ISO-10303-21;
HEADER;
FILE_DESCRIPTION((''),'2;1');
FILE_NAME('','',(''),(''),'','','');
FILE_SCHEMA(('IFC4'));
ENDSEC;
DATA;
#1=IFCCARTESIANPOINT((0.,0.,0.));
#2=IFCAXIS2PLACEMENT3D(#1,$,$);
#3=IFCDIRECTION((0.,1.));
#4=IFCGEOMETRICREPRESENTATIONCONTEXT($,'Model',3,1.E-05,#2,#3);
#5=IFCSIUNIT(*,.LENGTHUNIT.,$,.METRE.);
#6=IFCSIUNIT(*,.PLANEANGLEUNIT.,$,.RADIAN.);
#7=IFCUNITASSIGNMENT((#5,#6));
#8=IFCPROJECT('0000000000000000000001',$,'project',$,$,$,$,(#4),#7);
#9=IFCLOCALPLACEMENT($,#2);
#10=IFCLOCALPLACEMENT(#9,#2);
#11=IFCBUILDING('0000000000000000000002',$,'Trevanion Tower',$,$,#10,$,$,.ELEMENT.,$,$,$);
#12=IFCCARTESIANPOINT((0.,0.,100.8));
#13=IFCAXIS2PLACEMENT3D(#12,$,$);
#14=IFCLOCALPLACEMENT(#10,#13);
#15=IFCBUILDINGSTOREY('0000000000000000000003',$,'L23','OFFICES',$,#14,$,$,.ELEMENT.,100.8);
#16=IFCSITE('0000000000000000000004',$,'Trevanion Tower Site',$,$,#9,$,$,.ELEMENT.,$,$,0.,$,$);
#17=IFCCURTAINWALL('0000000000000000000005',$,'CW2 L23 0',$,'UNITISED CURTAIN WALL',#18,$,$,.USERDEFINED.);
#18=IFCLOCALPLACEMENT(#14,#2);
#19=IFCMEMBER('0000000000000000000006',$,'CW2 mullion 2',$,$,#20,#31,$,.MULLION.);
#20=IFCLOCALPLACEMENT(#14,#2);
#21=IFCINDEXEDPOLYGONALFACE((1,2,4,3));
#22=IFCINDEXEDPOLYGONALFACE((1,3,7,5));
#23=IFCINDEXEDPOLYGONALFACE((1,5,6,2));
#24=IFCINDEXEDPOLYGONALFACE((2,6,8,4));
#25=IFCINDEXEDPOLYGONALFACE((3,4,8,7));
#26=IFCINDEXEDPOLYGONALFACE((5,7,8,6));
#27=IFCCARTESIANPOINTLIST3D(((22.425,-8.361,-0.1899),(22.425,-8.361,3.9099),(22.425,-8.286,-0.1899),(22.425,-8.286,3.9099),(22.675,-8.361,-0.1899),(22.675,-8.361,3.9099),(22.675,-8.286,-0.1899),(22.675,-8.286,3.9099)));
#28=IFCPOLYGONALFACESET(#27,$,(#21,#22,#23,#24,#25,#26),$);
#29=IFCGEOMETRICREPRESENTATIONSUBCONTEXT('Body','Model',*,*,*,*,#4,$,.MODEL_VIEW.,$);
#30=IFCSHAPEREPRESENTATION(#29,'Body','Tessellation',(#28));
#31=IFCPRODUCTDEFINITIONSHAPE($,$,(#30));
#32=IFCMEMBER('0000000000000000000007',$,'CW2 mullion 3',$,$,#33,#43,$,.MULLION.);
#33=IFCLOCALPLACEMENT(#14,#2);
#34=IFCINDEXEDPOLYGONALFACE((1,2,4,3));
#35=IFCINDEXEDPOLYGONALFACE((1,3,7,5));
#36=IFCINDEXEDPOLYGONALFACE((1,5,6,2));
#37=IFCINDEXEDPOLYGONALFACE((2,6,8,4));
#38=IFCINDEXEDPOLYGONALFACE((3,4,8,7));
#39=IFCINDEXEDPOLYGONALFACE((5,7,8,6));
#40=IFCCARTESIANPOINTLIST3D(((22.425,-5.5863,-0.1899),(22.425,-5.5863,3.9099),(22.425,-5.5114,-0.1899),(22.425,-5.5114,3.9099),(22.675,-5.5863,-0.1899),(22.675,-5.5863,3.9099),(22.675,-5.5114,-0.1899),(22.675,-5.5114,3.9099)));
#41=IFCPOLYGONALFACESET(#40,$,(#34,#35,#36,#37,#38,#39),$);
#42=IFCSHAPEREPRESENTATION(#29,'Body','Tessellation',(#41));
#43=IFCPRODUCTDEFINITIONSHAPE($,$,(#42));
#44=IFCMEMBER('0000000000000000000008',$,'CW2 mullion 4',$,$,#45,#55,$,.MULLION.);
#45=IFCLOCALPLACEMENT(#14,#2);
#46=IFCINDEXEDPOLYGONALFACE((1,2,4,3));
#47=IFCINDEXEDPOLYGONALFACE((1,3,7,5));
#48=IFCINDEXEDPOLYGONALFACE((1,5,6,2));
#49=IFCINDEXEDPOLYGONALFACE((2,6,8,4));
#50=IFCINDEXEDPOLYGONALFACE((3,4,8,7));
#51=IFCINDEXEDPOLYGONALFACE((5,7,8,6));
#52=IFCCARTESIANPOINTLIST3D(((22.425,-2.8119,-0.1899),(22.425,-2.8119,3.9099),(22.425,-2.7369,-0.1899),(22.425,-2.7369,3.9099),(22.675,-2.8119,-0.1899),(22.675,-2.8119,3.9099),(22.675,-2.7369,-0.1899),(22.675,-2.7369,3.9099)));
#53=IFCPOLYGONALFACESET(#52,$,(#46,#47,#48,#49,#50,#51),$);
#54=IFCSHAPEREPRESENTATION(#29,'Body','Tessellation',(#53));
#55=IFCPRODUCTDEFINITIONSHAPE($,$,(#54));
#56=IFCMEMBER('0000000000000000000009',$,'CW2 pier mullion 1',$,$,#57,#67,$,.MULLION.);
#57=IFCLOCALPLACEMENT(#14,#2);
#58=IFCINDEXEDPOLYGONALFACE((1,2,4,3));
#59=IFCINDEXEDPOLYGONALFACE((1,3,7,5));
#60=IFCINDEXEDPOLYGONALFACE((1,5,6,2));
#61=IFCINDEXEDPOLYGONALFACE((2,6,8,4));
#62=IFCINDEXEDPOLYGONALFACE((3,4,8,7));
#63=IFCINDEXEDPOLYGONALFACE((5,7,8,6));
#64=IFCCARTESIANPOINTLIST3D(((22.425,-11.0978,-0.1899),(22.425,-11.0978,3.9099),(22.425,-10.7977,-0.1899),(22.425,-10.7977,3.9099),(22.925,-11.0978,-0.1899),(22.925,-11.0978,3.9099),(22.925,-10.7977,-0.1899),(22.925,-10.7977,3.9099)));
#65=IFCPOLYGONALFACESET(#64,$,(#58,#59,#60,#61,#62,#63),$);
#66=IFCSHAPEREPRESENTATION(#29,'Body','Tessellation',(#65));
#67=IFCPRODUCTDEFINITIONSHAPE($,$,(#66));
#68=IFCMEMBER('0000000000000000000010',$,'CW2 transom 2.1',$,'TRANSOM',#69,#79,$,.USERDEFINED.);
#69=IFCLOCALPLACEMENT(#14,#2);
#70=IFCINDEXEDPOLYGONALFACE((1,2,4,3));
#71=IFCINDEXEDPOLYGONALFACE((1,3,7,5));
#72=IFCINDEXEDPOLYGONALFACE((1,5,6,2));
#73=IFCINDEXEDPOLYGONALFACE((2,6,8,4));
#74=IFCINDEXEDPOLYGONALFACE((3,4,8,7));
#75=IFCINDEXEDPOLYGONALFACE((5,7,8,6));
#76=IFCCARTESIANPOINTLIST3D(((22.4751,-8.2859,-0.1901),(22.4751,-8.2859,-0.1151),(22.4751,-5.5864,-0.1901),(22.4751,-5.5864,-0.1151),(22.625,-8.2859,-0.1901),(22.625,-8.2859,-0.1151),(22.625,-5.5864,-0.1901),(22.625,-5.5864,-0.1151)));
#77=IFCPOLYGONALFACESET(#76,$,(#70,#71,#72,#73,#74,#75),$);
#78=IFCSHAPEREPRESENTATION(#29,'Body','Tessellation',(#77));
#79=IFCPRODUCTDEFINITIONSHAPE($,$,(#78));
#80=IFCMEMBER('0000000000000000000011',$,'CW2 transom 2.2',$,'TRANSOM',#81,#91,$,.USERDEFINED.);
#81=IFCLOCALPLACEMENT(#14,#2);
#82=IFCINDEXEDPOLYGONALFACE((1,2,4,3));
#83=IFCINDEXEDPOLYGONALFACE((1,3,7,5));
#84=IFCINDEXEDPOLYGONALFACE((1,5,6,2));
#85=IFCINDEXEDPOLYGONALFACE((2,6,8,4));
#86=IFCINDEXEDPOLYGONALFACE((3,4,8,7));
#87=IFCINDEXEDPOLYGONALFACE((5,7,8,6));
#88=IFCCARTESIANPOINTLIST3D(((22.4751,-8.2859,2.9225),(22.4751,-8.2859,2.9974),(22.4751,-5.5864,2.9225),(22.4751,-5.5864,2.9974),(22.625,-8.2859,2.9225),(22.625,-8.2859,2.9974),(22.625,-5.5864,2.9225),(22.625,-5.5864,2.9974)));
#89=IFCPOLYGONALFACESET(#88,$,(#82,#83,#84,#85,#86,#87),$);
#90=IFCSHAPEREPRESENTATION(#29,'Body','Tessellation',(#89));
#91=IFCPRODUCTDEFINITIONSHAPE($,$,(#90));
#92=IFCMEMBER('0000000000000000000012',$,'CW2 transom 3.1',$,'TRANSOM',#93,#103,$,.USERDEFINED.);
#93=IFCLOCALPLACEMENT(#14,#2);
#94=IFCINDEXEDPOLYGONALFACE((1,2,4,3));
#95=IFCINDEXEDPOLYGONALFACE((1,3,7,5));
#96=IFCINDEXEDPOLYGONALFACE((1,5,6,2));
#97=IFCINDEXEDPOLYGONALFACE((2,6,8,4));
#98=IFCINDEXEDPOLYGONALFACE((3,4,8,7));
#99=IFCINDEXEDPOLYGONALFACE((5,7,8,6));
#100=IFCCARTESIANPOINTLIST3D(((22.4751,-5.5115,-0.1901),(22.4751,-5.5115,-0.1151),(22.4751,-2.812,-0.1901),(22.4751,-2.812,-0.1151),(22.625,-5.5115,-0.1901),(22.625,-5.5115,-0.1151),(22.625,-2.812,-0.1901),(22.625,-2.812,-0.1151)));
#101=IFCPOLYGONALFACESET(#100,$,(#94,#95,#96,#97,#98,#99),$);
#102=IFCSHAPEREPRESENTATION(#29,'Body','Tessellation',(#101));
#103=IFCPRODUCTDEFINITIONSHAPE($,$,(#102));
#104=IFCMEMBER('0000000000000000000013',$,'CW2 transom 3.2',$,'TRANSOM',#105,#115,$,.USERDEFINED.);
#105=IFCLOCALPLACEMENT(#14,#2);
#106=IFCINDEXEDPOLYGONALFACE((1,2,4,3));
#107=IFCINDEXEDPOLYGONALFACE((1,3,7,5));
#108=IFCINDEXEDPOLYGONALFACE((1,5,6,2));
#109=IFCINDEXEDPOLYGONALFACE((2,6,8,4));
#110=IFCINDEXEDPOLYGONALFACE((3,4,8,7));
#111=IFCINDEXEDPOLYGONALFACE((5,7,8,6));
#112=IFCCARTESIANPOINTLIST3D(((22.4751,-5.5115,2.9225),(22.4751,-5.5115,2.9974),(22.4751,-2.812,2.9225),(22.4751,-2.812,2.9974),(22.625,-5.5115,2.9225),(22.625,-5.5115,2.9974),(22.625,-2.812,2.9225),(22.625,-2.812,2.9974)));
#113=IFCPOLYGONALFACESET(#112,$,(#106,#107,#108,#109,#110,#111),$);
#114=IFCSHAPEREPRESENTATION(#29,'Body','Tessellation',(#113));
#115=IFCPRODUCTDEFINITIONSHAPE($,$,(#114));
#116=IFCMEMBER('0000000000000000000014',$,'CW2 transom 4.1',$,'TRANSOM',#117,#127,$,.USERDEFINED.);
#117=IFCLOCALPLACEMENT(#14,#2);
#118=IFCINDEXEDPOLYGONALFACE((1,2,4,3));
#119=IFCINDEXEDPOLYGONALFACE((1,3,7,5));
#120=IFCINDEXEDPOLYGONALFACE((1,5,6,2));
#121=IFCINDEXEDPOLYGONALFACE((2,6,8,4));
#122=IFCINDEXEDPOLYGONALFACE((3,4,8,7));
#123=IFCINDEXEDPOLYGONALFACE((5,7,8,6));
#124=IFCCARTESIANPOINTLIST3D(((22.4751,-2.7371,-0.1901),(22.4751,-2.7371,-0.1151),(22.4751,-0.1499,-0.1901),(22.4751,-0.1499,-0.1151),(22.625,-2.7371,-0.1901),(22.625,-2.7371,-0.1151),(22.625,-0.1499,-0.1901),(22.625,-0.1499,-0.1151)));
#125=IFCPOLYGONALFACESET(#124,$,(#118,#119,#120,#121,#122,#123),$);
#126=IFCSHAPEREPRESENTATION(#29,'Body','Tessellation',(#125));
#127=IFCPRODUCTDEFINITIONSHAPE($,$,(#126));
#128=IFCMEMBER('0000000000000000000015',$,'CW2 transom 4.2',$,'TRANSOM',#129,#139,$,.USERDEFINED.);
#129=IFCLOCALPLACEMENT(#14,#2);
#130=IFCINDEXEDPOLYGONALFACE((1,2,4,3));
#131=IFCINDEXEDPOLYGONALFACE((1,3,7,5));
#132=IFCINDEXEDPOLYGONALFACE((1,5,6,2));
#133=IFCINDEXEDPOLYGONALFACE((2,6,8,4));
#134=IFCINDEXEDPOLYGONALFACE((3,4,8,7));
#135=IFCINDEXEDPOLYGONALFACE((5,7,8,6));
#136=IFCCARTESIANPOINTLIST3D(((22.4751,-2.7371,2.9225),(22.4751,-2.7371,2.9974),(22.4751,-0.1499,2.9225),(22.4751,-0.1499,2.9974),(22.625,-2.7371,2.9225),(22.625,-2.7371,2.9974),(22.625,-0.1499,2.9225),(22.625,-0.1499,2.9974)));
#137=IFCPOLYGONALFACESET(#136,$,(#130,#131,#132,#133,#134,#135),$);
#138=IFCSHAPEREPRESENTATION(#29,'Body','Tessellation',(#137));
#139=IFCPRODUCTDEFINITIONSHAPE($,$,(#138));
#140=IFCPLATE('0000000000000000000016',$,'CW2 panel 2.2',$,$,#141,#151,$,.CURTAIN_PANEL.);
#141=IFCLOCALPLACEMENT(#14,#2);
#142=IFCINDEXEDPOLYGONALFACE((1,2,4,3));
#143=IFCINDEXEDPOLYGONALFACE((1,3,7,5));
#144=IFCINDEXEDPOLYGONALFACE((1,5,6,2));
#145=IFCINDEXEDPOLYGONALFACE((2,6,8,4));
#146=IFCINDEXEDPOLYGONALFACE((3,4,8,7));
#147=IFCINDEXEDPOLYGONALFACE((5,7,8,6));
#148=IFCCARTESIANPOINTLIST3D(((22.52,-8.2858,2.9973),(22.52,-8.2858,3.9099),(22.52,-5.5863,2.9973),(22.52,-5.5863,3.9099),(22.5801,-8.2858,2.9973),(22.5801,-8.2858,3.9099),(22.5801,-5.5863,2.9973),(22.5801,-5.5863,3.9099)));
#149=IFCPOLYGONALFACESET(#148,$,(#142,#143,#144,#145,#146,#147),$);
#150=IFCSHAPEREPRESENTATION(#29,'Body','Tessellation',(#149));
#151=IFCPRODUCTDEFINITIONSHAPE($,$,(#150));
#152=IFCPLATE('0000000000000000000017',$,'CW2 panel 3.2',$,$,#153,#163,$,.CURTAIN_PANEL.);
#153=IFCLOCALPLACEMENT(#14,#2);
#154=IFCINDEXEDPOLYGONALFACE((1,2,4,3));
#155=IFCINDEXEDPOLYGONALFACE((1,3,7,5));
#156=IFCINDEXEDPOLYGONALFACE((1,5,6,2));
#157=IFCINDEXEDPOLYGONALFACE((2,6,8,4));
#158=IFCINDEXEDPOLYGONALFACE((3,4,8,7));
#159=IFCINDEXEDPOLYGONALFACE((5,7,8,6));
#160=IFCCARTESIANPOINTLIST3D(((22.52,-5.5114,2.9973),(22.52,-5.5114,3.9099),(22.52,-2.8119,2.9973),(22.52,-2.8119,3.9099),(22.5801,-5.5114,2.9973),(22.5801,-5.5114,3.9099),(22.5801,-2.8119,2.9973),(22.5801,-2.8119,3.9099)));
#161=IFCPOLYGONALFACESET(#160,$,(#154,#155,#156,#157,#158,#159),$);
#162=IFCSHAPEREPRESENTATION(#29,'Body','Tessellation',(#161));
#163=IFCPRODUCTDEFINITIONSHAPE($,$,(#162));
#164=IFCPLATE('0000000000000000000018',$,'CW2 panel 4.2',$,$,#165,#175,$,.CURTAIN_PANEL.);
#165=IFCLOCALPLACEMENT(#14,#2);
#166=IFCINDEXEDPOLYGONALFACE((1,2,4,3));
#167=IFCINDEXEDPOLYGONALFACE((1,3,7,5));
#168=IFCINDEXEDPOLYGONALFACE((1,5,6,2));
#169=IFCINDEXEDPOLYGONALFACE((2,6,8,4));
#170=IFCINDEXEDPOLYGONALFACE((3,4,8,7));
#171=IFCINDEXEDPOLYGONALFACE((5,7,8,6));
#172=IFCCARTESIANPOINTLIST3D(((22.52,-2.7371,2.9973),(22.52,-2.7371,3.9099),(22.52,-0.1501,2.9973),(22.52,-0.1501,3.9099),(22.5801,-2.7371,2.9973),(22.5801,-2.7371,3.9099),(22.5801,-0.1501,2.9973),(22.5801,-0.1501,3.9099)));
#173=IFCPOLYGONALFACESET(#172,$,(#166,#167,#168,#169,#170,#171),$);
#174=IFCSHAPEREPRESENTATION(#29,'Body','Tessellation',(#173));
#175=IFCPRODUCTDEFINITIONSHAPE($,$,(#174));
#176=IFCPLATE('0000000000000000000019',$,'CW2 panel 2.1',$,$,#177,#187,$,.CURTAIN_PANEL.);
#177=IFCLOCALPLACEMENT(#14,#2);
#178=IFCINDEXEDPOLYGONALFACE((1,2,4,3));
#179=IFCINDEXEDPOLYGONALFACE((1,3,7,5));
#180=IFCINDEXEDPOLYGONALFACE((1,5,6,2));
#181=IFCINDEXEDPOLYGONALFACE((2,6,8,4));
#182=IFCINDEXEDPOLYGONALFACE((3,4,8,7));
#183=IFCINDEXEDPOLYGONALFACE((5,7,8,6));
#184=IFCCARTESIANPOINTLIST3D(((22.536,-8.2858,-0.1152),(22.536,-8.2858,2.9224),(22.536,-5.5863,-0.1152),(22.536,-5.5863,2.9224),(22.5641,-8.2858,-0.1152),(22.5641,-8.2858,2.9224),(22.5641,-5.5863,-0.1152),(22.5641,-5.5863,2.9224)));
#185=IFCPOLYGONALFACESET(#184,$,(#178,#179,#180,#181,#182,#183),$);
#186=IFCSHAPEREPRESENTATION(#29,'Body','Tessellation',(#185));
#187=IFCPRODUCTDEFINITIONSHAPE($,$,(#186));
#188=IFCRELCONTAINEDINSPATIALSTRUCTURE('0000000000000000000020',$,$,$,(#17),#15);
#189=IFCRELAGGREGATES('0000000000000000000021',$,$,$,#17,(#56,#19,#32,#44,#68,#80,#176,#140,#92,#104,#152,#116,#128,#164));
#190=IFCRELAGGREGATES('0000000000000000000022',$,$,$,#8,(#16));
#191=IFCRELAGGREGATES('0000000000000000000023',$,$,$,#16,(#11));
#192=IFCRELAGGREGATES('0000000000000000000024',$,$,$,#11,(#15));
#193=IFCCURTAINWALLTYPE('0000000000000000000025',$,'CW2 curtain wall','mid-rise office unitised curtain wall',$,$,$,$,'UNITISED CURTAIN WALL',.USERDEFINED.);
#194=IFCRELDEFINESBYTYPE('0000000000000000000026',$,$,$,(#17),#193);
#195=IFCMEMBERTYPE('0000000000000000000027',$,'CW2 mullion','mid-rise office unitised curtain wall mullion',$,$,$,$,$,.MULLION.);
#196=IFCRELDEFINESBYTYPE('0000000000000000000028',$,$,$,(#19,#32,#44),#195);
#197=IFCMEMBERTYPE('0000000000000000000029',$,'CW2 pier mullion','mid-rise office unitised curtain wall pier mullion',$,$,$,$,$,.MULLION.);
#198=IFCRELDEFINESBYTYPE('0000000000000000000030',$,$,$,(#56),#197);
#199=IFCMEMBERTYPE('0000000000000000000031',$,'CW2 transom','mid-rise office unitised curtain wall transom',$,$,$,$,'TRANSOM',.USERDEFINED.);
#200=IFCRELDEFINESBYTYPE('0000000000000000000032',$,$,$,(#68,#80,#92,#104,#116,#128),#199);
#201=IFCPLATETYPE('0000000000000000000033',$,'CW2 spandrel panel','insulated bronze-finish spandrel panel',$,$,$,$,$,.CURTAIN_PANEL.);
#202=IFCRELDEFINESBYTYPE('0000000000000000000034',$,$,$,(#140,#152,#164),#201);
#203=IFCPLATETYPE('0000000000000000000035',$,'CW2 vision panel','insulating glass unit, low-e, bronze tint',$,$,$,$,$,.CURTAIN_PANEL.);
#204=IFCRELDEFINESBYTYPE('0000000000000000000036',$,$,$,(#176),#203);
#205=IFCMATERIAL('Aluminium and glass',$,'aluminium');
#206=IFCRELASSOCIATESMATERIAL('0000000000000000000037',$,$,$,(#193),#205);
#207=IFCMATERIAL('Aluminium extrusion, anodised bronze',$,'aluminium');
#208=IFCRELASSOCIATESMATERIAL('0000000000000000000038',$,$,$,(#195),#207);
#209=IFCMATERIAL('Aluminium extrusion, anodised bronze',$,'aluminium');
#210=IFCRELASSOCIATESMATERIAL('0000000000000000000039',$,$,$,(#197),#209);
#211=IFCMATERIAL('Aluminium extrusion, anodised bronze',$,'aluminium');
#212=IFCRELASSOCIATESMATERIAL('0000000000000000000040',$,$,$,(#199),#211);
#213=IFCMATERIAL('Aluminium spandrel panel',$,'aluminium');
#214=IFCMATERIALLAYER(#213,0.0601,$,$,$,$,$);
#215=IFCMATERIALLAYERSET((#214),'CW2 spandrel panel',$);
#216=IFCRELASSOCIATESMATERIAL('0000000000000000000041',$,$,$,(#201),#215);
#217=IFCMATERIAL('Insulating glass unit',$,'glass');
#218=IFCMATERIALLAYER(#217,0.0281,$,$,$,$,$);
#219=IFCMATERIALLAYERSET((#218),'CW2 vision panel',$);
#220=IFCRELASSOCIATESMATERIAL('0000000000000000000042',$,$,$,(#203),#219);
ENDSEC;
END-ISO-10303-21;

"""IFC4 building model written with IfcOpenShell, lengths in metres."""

from ifc_helpers import new_model, si_unit, direction, frame, origin, origin_2d, place, context, subcontext, project, spatial, rectangle, extrude, material, layer, layer_set, material_profile, profile_set, type_object, element, aggregate, save


model = new_model("IFC4")

# Units and contexts
model_context = context("Model", 3, precision=1e-05, world=origin(), true_north=direction((0.0, 1.0)))
body_context = subcontext(model_context, "Body", "Model", "MODEL_VIEW")
ifc_project = project(units=[si_unit("LENGTHUNIT", "METRE"), si_unit("PLANEANGLEUNIT", "RADIAN")], contexts=[model_context])

# Site, building, storey
site_placement = place(None, origin())
site = spatial("IfcSite", under=ifc_project, at=site_placement, Name="Trevanion Tower Site", CompositionType="ELEMENT", RefElevation=0.0)
building_placement = place(site_placement, origin())
building = spatial("IfcBuilding", under=site, at=building_placement, Name="Trevanion Tower", CompositionType="ELEMENT")
storey_placement = place(building_placement, frame((0.0, 0.0, 100.8)))
storey = spatial("IfcBuildingStorey", under=building, at=storey_placement, Name="L23", Description="OFFICES", CompositionType="ELEMENT", Elevation=100.8)

# Curtain wall, members, plates
ifc_material_1 = material(Name="Aluminium and glass", Category="aluminium")
curtain_wall_type = type_object("IfcCurtainWallType", Name="CW2 curtain wall", Description="mid-rise office unitised curtain wall", ElementType="UNITISED CURTAIN WALL", PredefinedType="USERDEFINED", material=ifc_material_1)
curtain_wall_placement = place(storey_placement, origin())
curtain_wall = element("IfcCurtainWall", 1, at=curtain_wall_placement, inside=storey, type_object=curtain_wall_type, Name="CW2 L23 0", ObjectType="UNITISED CURTAIN WALL", PredefinedType="USERDEFINED")
ifc_material_2 = material(Name="Aluminium extrusion, anodised bronze", Category="aluminium")
ifc_material_profile_1 = material_profile(ifc_material_2, rectangle(XDim=0.075, YDim=0.25, at=origin_2d()), Name="CW2 mullion")
ifc_profile_set_1 = profile_set([ifc_material_profile_1], Name="Aluminium extrusion, anodised bronze")
member_type_1 = type_object("IfcMemberType", Name="CW2 mullion", Description="mid-rise office unitised curtain wall mullion", PredefinedType="MULLION", material=ifc_profile_set_1)
member_1_placement = place(storey_placement, frame((22.55, -8.3235, -0.1899), z_axis=(0.0, 0.0, 1.0), x_axis=(0.0, 1.0, 0.0)))
member_1 = element("IfcMember", 2, at=member_1_placement, type_object=member_type_1, Name="CW2 mullion 2", PredefinedType="MULLION", context=body_context, shape_type="SweptSolid", body=[
    extrude(rectangle(XDim=0.075, YDim=0.25, at=origin_2d()), origin(), (0.0, 0.0, 1.0), 4.0999),
])
member_2_placement = place(storey_placement, frame((22.55, -5.5488, -0.1899), z_axis=(0.0, 0.0, 1.0), x_axis=(0.0, 1.0, 0.0)))
member_2 = element("IfcMember", 3, at=member_2_placement, type_object=member_type_1, Name="CW2 mullion 3", PredefinedType="MULLION", context=body_context, shape_type="SweptSolid", body=[
    extrude(rectangle(XDim=0.075, YDim=0.25, at=origin_2d()), origin(), (0.0, 0.0, 1.0), 4.0999),
])
member_3_placement = place(storey_placement, frame((22.55, -2.7744, -0.1899), z_axis=(0.0, 0.0, 1.0), x_axis=(0.0, 1.0, 0.0)))
member_3 = element("IfcMember", 4, at=member_3_placement, type_object=member_type_1, Name="CW2 mullion 4", PredefinedType="MULLION", context=body_context, shape_type="SweptSolid", body=[
    extrude(rectangle(XDim=0.075, YDim=0.25, at=origin_2d()), origin(), (0.0, 0.0, 1.0), 4.0999),
])
ifc_material_3 = material(Name="Aluminium extrusion, anodised bronze", Category="aluminium")
ifc_material_profile_2 = material_profile(ifc_material_3, rectangle(XDim=0.3, YDim=0.5, at=origin_2d()), Name="CW2 pier mullion")
ifc_profile_set_2 = profile_set([ifc_material_profile_2], Name="Aluminium extrusion, anodised bronze")
member_type_2 = type_object("IfcMemberType", Name="CW2 pier mullion", Description="mid-rise office unitised curtain wall pier mullion", PredefinedType="MULLION", material=ifc_profile_set_2)
member_4_placement = place(storey_placement, frame((22.675, -10.9478, -0.1899), z_axis=(0.0, 0.0, 1.0), x_axis=(0.0, 1.0, 0.0)))
member_4 = element("IfcMember", 5, at=member_4_placement, type_object=member_type_2, Name="CW2 pier mullion 1", PredefinedType="MULLION", context=body_context, shape_type="SweptSolid", body=[
    extrude(rectangle(XDim=0.3, YDim=0.5, at=origin_2d()), origin(), (0.0, 0.0, 1.0), 4.0999),
])
ifc_material_4 = material(Name="Aluminium extrusion, anodised bronze", Category="aluminium")
ifc_material_profile_3 = material_profile(ifc_material_4, rectangle(XDim=0.1499, YDim=0.075, at=origin_2d()), Name="CW2 transom")
ifc_profile_set_3 = profile_set([ifc_material_profile_3], Name="Aluminium extrusion, anodised bronze")
member_type_3 = type_object("IfcMemberType", Name="CW2 transom", Description="mid-rise office unitised curtain wall transom", ElementType="TRANSOM", PredefinedType="USERDEFINED", material=ifc_profile_set_3)
member_5_placement = place(storey_placement, frame((22.55, -8.2859, -0.1526), z_axis=(0.0, 1.0, 0.0), x_axis=(-1.0, 0.0, 0.0)))
member_5 = element("IfcMember", 6, at=member_5_placement, type_object=member_type_3, Name="CW2 transom 2.1", ObjectType="TRANSOM", PredefinedType="USERDEFINED", context=body_context, shape_type="SweptSolid", body=[
    extrude(rectangle(XDim=0.1499, YDim=0.075, at=origin_2d()), origin(), (0.0, 0.0, 1.0), 2.6995),
])
member_6_placement = place(storey_placement, frame((22.55, -8.2859, 2.96), z_axis=(0.0, 1.0, 0.0), x_axis=(-1.0, 0.0, 0.0)))
member_6 = element("IfcMember", 7, at=member_6_placement, type_object=member_type_3, Name="CW2 transom 2.2", ObjectType="TRANSOM", PredefinedType="USERDEFINED", context=body_context, shape_type="SweptSolid", body=[
    extrude(rectangle(XDim=0.1499, YDim=0.075, at=origin_2d()), origin(), (0.0, 0.0, 1.0), 2.6995),
])
member_7_placement = place(storey_placement, frame((22.55, -5.5115, -0.1526), z_axis=(0.0, 1.0, 0.0), x_axis=(-1.0, 0.0, 0.0)))
member_7 = element("IfcMember", 8, at=member_7_placement, type_object=member_type_3, Name="CW2 transom 3.1", ObjectType="TRANSOM", PredefinedType="USERDEFINED", context=body_context, shape_type="SweptSolid", body=[
    extrude(rectangle(XDim=0.1499, YDim=0.075, at=origin_2d()), origin(), (0.0, 0.0, 1.0), 2.6995),
])
member_8_placement = place(storey_placement, frame((22.55, -5.5115, 2.96), z_axis=(0.0, 1.0, 0.0), x_axis=(-1.0, 0.0, 0.0)))
member_8 = element("IfcMember", 9, at=member_8_placement, type_object=member_type_3, Name="CW2 transom 3.2", ObjectType="TRANSOM", PredefinedType="USERDEFINED", context=body_context, shape_type="SweptSolid", body=[
    extrude(rectangle(XDim=0.1499, YDim=0.075, at=origin_2d()), origin(), (0.0, 0.0, 1.0), 2.6995),
])
member_9_placement = place(storey_placement, frame((22.55, -2.7371, -0.1526), z_axis=(0.0, 1.0, 0.0), x_axis=(-1.0, 0.0, 0.0)))
member_9 = element("IfcMember", 10, at=member_9_placement, type_object=member_type_3, Name="CW2 transom 4.1", ObjectType="TRANSOM", PredefinedType="USERDEFINED", context=body_context, shape_type="SweptSolid", body=[
    extrude(rectangle(XDim=0.1499, YDim=0.075, at=origin_2d()), origin(), (0.0, 0.0, 1.0), 2.5872),
])
member_10_placement = place(storey_placement, frame((22.55, -2.7371, 2.96), z_axis=(0.0, 1.0, 0.0), x_axis=(-1.0, 0.0, 0.0)))
member_10 = element("IfcMember", 11, at=member_10_placement, type_object=member_type_3, Name="CW2 transom 4.2", ObjectType="TRANSOM", PredefinedType="USERDEFINED", context=body_context, shape_type="SweptSolid", body=[
    extrude(rectangle(XDim=0.1499, YDim=0.075, at=origin_2d()), origin(), (0.0, 0.0, 1.0), 2.5872),
])
ifc_material_5 = material(Name="Aluminium spandrel panel", Category="aluminium")
ifc_layer_1 = layer(ifc_material_5, 0.0601)
ifc_layer_set_1 = layer_set([ifc_layer_1], Name="CW2 spandrel panel")
plate_type_1 = type_object("IfcPlateType", Name="CW2 spandrel panel", Description="insulated bronze-finish spandrel panel", PredefinedType="CURTAIN_PANEL", material=ifc_layer_set_1)
plate_1_placement = place(storey_placement, frame((22.55, -6.936, 2.9973), z_axis=(0.0, 0.0, 1.0), x_axis=(0.0, 1.0, 0.0)))
plate_1 = element("IfcPlate", 12, at=plate_1_placement, type_object=plate_type_1, Name="CW2 panel 2.2", PredefinedType="CURTAIN_PANEL", context=body_context, shape_type="SweptSolid", body=[
    extrude(rectangle(XDim=2.6995, YDim=0.0601, at=origin_2d()), origin(), (0.0, 0.0, 1.0), 0.9126),
])
plate_2_placement = place(storey_placement, frame((22.55, -4.1616, 2.9973), z_axis=(0.0, 0.0, 1.0), x_axis=(0.0, 1.0, 0.0)))
plate_2 = element("IfcPlate", 13, at=plate_2_placement, type_object=plate_type_1, Name="CW2 panel 3.2", PredefinedType="CURTAIN_PANEL", context=body_context, shape_type="SweptSolid", body=[
    extrude(rectangle(XDim=2.6995, YDim=0.0601, at=origin_2d()), origin(), (0.0, 0.0, 1.0), 0.9126),
])
plate_3_placement = place(storey_placement, frame((22.55, -1.4436, 2.9973), z_axis=(0.0, 0.0, 1.0), x_axis=(0.0, 1.0, 0.0)))
plate_3 = element("IfcPlate", 14, at=plate_3_placement, type_object=plate_type_1, Name="CW2 panel 4.2", PredefinedType="CURTAIN_PANEL", context=body_context, shape_type="SweptSolid", body=[
    extrude(rectangle(XDim=2.5869, YDim=0.0601, at=origin_2d()), origin(), (0.0, 0.0, 1.0), 0.9126),
])
ifc_material_6 = material(Name="Insulating glass unit", Category="glass")
ifc_layer_2 = layer(ifc_material_6, 0.0281)
ifc_layer_set_2 = layer_set([ifc_layer_2], Name="CW2 vision panel")
plate_type_2 = type_object("IfcPlateType", Name="CW2 vision panel", Description="insulating glass unit, low-e, bronze tint", PredefinedType="CURTAIN_PANEL", material=ifc_layer_set_2)
plate_4_placement = place(storey_placement, frame((22.55, -6.936, -0.1152), z_axis=(0.0, 0.0, 1.0), x_axis=(0.0, 1.0, 0.0)))
plate_4 = element("IfcPlate", 15, at=plate_4_placement, type_object=plate_type_2, Name="CW2 panel 2.1", PredefinedType="CURTAIN_PANEL", context=body_context, shape_type="SweptSolid", body=[
    extrude(rectangle(XDim=2.6995, YDim=0.0281, at=origin_2d()), origin(), (0.0, 0.0, 1.0), 3.0376),
])
aggregate(curtain_wall, [member_4, member_1, member_2, member_3, member_5, member_6, plate_4, plate_1, member_7, member_8, plate_2, member_9, member_10, plate_3])

save(model, "model.ifc")
